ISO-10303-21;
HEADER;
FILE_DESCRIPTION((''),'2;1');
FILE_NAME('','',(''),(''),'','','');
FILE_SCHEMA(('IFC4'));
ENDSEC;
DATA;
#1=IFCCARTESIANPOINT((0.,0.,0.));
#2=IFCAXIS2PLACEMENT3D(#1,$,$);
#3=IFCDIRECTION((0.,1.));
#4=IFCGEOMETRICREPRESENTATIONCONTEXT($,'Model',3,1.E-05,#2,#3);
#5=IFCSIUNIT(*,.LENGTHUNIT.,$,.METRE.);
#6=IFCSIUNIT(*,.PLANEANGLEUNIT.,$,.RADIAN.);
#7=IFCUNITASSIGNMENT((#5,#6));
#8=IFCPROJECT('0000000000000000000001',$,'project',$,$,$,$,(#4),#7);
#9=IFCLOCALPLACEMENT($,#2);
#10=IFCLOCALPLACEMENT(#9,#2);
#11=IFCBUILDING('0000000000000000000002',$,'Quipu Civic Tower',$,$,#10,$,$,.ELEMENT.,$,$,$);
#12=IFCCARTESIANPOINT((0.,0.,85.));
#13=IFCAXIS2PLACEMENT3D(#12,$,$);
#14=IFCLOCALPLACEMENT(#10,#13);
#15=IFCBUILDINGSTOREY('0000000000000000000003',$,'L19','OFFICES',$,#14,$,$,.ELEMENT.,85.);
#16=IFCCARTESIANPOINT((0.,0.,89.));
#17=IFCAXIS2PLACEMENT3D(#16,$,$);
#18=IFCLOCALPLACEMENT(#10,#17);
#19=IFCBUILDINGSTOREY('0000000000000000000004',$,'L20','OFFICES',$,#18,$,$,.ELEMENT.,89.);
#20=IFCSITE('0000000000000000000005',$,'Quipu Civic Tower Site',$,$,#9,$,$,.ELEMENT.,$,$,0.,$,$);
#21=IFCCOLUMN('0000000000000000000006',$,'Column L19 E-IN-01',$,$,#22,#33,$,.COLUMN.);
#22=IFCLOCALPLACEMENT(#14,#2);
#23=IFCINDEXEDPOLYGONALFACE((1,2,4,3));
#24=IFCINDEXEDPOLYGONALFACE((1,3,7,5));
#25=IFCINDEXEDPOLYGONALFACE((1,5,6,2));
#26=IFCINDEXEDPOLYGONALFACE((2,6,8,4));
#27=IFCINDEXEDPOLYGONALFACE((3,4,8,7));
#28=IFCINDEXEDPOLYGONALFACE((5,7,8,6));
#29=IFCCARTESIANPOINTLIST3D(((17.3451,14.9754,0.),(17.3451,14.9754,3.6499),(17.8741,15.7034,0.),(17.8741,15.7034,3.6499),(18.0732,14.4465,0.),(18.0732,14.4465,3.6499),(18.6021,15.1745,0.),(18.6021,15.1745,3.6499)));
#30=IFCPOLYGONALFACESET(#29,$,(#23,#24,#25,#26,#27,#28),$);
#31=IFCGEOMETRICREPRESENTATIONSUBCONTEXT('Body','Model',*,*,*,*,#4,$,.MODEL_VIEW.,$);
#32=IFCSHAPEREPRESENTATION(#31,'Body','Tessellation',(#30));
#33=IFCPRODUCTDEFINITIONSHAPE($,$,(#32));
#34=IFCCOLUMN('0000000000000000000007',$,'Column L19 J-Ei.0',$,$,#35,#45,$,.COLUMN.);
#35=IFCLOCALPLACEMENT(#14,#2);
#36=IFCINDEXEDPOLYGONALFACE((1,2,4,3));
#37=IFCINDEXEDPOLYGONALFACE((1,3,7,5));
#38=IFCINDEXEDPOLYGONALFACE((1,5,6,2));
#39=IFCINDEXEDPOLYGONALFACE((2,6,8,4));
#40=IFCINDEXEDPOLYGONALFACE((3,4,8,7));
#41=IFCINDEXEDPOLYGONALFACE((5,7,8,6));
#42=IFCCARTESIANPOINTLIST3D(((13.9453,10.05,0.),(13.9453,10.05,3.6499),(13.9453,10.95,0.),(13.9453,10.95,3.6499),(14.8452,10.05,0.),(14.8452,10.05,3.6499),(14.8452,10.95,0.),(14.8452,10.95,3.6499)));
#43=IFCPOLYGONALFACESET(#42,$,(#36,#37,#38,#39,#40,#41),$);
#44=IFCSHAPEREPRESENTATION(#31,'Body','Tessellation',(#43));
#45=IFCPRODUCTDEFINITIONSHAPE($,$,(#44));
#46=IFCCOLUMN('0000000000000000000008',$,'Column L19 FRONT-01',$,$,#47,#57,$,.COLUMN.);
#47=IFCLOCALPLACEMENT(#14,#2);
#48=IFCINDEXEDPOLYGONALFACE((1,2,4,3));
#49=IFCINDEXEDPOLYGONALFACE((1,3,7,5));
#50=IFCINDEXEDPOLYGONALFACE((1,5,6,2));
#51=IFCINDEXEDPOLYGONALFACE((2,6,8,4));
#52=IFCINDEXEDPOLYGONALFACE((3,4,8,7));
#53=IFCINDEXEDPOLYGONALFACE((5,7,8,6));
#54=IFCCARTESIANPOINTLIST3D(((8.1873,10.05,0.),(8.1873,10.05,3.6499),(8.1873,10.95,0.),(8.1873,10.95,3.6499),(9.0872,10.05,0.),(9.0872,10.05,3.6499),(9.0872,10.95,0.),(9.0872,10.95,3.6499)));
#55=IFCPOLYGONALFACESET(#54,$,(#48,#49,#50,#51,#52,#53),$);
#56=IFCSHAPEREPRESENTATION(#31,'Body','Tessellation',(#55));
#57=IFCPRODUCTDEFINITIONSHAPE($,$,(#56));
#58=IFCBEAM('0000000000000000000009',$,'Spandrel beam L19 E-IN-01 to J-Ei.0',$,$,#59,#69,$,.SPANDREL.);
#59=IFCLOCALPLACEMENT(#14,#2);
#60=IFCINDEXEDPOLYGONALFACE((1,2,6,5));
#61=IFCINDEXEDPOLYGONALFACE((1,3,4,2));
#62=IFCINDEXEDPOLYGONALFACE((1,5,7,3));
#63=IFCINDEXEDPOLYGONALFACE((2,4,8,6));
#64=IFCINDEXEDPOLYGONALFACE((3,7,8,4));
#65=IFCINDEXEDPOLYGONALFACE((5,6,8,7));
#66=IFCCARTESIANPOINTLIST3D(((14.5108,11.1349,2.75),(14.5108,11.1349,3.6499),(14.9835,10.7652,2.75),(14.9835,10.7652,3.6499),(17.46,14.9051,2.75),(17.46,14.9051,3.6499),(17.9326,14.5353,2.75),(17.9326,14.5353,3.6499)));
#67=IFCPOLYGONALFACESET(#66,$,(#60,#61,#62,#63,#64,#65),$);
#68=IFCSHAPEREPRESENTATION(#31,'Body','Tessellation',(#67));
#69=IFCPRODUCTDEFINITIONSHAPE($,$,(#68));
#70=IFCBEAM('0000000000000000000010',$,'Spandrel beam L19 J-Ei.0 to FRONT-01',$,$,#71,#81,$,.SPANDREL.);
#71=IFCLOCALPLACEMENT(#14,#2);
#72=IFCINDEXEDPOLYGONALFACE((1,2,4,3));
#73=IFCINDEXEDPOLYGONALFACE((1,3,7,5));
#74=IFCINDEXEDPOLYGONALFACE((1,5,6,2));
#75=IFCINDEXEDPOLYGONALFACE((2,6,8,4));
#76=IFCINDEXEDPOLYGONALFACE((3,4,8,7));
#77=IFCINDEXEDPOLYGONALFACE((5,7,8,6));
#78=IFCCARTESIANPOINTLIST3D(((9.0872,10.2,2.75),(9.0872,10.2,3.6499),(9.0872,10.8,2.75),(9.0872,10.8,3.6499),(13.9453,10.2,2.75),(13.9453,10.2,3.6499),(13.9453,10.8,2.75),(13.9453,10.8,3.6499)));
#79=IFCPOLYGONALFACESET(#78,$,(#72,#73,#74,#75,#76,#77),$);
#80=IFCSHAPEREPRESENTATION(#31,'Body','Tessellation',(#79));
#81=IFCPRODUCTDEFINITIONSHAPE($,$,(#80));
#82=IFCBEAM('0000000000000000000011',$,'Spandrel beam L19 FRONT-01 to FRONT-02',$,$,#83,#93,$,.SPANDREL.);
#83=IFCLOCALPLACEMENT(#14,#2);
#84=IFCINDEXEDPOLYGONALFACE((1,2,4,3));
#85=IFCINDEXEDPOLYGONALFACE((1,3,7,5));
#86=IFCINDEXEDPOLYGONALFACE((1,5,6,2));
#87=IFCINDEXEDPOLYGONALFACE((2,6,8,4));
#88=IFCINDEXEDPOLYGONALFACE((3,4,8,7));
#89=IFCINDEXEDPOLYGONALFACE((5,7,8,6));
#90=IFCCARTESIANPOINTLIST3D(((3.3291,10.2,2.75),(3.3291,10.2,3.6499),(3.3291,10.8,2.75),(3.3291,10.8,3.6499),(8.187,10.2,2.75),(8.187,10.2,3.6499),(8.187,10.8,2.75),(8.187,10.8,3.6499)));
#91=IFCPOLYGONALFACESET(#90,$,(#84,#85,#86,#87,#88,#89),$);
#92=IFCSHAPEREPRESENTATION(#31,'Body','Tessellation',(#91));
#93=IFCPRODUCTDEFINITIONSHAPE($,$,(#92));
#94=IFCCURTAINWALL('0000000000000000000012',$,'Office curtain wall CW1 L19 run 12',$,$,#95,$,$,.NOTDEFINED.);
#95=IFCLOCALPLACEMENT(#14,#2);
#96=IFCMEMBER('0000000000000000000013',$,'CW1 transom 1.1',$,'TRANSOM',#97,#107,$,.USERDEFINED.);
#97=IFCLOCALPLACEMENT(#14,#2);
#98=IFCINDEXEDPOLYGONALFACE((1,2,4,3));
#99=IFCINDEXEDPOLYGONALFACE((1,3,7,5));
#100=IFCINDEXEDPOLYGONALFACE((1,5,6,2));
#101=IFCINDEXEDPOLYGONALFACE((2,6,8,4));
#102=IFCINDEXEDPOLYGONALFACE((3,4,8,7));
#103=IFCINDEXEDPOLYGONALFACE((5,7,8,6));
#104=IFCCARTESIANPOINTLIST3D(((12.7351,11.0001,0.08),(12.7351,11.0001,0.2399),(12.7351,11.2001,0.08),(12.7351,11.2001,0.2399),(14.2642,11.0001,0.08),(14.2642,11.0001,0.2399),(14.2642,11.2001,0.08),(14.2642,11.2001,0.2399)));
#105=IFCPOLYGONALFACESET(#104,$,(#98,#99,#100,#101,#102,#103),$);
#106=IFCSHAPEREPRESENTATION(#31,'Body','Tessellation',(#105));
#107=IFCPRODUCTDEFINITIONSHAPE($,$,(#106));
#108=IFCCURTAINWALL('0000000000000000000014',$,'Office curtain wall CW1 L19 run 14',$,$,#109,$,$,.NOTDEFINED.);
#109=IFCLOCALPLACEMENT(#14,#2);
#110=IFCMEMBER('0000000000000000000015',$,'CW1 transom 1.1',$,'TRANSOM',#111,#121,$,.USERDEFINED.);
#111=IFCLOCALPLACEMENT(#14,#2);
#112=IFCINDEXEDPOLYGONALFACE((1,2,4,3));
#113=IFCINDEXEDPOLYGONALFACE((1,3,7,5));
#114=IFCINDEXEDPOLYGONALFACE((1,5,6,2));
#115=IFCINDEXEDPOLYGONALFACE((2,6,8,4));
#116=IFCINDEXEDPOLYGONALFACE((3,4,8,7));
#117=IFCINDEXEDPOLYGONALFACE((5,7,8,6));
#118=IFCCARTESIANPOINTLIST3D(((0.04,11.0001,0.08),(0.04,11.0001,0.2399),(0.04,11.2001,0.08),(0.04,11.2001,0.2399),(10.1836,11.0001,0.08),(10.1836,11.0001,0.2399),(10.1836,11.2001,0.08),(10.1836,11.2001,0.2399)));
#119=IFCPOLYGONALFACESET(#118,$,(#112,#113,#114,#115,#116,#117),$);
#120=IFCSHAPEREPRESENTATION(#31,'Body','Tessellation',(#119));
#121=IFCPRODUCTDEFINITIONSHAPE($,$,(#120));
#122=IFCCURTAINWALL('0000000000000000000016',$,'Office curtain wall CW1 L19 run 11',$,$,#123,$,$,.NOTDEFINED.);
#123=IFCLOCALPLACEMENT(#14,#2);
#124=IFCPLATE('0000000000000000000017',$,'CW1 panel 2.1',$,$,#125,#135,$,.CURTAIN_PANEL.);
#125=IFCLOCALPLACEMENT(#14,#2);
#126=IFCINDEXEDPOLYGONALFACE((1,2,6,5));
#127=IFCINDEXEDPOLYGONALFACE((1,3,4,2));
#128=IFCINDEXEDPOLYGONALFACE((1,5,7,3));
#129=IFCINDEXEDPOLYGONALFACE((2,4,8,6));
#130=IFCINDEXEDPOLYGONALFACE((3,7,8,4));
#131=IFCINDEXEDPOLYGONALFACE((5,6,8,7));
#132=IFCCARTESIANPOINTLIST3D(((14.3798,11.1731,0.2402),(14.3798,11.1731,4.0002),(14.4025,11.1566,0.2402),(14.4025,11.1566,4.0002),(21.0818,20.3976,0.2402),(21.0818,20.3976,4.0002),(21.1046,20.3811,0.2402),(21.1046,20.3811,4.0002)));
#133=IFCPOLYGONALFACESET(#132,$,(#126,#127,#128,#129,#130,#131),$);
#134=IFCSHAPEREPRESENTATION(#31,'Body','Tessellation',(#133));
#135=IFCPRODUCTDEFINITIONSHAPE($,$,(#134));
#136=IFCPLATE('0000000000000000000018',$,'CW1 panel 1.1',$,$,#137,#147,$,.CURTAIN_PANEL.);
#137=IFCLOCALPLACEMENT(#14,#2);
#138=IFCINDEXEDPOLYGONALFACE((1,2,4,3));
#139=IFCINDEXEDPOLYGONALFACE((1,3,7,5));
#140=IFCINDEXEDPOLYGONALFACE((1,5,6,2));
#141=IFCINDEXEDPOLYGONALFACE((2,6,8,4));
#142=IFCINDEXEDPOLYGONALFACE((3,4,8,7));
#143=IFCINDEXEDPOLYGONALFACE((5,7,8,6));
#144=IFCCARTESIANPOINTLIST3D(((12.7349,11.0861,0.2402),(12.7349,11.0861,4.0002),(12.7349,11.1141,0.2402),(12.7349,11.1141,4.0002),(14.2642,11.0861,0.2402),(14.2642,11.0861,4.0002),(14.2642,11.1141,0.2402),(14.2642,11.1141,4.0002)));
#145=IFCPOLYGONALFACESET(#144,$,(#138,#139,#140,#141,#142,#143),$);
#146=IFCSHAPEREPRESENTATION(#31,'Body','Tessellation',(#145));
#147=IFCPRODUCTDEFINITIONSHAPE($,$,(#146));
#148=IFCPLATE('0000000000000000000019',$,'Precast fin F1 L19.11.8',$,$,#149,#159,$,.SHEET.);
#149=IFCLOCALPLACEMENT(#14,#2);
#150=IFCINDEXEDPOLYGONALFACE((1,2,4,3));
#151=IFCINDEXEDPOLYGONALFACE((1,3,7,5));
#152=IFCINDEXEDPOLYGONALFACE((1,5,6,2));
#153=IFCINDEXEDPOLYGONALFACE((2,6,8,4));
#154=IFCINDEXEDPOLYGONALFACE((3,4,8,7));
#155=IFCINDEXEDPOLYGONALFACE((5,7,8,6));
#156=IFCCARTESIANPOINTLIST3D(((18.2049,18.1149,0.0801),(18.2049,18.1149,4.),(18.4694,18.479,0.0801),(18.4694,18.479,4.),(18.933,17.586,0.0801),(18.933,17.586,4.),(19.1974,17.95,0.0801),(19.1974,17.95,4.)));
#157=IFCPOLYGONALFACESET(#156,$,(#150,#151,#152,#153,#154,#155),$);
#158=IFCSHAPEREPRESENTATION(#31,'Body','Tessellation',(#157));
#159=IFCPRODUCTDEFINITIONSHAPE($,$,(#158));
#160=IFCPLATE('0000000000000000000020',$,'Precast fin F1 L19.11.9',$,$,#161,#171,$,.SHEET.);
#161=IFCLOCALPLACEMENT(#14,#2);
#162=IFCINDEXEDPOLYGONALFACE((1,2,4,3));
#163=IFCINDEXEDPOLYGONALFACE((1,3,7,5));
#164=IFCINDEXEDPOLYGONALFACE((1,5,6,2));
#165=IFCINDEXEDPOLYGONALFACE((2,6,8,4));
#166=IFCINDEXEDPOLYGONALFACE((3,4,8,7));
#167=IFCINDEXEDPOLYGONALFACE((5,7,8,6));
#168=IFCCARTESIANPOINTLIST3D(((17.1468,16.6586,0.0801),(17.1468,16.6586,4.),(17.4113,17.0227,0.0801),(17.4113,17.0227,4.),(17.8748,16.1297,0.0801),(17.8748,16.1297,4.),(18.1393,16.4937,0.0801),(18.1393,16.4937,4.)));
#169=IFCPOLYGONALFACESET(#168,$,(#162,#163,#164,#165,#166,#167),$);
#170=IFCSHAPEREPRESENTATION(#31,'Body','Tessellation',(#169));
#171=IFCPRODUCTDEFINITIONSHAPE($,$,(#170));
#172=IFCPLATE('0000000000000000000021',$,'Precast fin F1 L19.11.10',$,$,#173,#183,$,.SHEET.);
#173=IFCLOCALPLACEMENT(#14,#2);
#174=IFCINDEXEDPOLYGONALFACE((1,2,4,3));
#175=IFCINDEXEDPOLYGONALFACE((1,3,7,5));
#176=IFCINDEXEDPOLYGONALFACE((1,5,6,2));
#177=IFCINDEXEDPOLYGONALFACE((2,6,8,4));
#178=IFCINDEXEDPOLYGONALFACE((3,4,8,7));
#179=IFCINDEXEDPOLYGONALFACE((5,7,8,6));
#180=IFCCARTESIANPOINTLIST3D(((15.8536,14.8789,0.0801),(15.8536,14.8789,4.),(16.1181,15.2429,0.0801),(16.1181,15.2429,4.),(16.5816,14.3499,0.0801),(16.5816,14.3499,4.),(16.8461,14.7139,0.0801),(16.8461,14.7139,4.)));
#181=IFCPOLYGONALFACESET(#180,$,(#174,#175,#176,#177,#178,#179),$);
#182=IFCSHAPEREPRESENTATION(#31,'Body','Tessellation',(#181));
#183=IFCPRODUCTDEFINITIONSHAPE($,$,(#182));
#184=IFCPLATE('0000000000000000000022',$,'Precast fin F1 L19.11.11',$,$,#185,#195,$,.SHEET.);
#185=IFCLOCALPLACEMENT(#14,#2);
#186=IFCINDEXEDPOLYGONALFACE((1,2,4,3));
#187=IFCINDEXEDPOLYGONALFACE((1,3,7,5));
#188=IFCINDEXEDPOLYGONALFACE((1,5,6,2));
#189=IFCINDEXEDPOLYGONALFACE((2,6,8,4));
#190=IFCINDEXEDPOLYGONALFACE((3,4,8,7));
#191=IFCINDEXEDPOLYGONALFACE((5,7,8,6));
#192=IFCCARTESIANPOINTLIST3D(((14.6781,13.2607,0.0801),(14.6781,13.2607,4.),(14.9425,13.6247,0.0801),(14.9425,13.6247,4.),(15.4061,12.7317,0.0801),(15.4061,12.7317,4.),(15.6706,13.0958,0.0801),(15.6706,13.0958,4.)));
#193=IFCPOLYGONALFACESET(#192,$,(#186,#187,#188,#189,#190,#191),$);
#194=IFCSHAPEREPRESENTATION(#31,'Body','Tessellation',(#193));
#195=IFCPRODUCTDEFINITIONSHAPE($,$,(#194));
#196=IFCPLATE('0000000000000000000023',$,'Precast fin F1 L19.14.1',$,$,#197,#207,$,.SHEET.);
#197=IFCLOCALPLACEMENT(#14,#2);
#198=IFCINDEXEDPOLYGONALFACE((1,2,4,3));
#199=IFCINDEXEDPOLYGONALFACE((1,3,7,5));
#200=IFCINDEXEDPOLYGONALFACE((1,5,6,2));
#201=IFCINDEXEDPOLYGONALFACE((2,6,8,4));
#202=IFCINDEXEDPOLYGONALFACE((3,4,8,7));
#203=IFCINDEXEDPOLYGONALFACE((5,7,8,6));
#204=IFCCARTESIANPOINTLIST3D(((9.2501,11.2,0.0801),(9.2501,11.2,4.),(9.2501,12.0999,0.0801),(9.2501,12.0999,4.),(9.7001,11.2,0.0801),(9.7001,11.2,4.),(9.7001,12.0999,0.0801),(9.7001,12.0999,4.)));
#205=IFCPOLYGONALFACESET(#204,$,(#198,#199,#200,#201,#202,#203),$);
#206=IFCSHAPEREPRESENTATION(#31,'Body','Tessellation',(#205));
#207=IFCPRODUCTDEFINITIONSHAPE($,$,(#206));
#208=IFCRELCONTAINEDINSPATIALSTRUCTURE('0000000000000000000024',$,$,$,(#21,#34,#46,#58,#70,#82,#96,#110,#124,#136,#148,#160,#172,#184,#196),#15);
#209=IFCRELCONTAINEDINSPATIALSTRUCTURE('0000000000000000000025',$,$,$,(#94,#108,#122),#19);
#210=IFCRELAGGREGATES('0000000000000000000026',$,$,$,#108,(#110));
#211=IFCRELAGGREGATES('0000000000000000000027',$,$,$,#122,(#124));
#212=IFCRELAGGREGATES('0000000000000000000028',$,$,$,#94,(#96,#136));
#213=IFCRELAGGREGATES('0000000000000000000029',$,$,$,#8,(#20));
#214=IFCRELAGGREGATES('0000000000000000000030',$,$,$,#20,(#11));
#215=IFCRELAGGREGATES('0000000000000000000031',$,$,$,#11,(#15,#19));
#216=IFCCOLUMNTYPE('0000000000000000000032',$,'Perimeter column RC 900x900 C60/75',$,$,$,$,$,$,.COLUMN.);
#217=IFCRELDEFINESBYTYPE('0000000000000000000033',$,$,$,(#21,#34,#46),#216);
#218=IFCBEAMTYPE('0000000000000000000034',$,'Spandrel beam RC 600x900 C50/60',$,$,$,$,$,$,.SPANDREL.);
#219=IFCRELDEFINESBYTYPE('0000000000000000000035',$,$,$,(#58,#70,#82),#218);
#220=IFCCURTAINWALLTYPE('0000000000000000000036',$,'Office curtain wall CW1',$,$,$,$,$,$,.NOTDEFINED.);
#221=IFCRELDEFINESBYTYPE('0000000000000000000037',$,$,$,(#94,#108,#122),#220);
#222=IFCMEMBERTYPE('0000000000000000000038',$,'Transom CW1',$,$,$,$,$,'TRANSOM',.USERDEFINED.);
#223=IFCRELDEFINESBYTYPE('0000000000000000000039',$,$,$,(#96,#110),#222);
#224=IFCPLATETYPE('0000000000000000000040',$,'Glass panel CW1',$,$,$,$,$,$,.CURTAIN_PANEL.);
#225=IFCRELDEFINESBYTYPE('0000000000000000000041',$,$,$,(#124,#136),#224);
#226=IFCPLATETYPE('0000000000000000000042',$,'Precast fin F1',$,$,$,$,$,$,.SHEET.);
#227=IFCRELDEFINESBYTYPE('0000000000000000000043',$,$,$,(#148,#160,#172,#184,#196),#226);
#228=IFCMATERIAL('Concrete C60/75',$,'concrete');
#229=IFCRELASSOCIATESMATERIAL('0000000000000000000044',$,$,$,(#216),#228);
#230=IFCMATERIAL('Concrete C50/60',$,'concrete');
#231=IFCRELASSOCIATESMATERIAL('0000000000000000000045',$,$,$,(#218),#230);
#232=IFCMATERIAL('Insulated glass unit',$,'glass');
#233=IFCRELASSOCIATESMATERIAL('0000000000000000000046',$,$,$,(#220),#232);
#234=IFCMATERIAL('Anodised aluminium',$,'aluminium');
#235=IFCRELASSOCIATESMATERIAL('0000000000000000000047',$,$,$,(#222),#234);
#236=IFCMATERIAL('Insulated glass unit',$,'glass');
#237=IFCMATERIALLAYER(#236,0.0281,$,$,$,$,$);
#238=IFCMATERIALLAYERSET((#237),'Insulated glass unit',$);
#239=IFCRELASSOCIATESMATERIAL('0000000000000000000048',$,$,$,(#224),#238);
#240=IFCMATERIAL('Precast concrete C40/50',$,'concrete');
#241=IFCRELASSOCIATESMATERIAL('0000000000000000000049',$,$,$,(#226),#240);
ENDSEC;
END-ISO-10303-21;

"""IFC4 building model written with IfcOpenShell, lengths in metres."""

from ifc_helpers import new_model, si_unit, direction, frame, origin, origin_2d, place, context, subcontext, project, spatial, rectangle, extrude, material, layer, layer_set, material_profile, profile_set, type_object, element, aggregate, save


model = new_model("IFC4")

# Units and contexts
model_context = context("Model", 3, precision=1e-05, world=origin(), true_north=direction((0.0, 1.0)))
body_context = subcontext(model_context, "Body", "Model", "MODEL_VIEW")
ifc_project = project(units=[si_unit("LENGTHUNIT", "METRE"), si_unit("PLANEANGLEUNIT", "RADIAN")], contexts=[model_context])

# Site, building, storey
site_placement = place(None, origin())
site = spatial("IfcSite", under=ifc_project, at=site_placement, Name="Quipu Civic Tower Site", CompositionType="ELEMENT", RefElevation=0.0)
building_placement = place(site_placement, origin())
building = spatial("IfcBuilding", under=site, at=building_placement, Name="Quipu Civic Tower", CompositionType="ELEMENT")
storey_1_placement = place(building_placement, frame((0.0, 0.0, 85.0)))
storey_1 = spatial("IfcBuildingStorey", under=building, at=storey_1_placement, Name="L19", Description="OFFICES", CompositionType="ELEMENT", Elevation=85.0)

# Columns
ifc_material_1 = material(Name="Concrete C60/75", Category="concrete")
ifc_material_profile_1 = material_profile(ifc_material_1, rectangle(XDim=0.8999, YDim=0.8999, at=origin_2d()), Name="RC900x900")
ifc_profile_set_1 = profile_set([ifc_material_profile_1], Name="Concrete C60/75")
column_type = type_object("IfcColumnType", Name="Perimeter column RC 900x900 C60/75", PredefinedType="COLUMN", material=ifc_profile_set_1)
for number, where, z_axis, x_axis, name in (
    (1, (17.9736, 15.075, 0.0), (0.0, 0.0, 1.0), (-0.587785, -0.809017, 0.0), "Column L19 E-IN-01"),
    (2, (14.3953, 10.5, 0.0), (0.0, 0.0, 1.0), (-1.0, 0.0, 0.0), "Column L19 J-Ei.0"),
    (3, (8.6372, 10.5, 0.0), (0.0, 0.0, 1.0), (-1.0, 0.0, 0.0), "Column L19 FRONT-01"),
):
    element("IfcColumn", number, at=place(storey_1_placement, frame(where, z_axis=z_axis, x_axis=x_axis)), inside=storey_1, type_object=column_type, Name=name, PredefinedType="COLUMN", context=body_context, shape_type="SweptSolid", body=[
        extrude(rectangle(XDim=0.8999, YDim=0.8999, at=origin_2d()), origin(), (0.0, 0.0, 1.0), 3.6499),
    ])

# Beams
ifc_material_2 = material(Name="Concrete C50/60", Category="concrete")
ifc_material_profile_2 = material_profile(ifc_material_2, rectangle(XDim=0.6001, YDim=0.8999, at=origin_2d()), Name="RC600x900")
ifc_profile_set_2 = profile_set([ifc_material_profile_2], Name="Concrete C50/60")
beam_type = type_object("IfcBeamType", Name="Spandrel beam RC 600x900 C50/60", PredefinedType="SPANDREL", material=ifc_profile_set_2)
beam_1_placement = place(storey_1_placement, frame((17.6963, 14.7202, 3.2), z_axis=(-0.616124, -0.787649, 0.0), x_axis=(0.787649, -0.616124, 0.0)))
element("IfcBeam", 4, at=beam_1_placement, inside=storey_1, type_object=beam_type, Name="Spandrel beam L19 E-IN-01 to J-Ei.0", PredefinedType="SPANDREL", context=body_context, shape_type="SweptSolid", body=[
    extrude(rectangle(XDim=0.6001, YDim=0.8999, at=origin_2d()), origin(), (0.0, 0.0, 1.0), 4.7866),
])
beam_2_placement = place(storey_1_placement, frame((13.9453, 10.5, 3.2), z_axis=(-1.0, 0.0, 0.0), x_axis=(0.0, -1.0, 0.0)))
element("IfcBeam", 5, at=beam_2_placement, inside=storey_1, type_object=beam_type, Name="Spandrel beam L19 J-Ei.0 to FRONT-01", PredefinedType="SPANDREL", context=body_context, shape_type="SweptSolid", body=[
    extrude(rectangle(XDim=0.6001, YDim=0.8999, at=origin_2d()), origin(), (0.0, 0.0, 1.0), 4.8582),
])
beam_3_placement = place(storey_1_placement, frame((8.187, 10.5, 3.2), z_axis=(-1.0, 0.0, 0.0), x_axis=(0.0, -1.0, 0.0)))
element("IfcBeam", 6, at=beam_3_placement, inside=storey_1, type_object=beam_type, Name="Spandrel beam L19 FRONT-01 to FRONT-02", PredefinedType="SPANDREL", context=body_context, shape_type="SweptSolid", body=[
    extrude(rectangle(XDim=0.6001, YDim=0.8999, at=origin_2d()), origin(), (0.0, 0.0, 1.0), 4.8579),
])

# Shared definitions
storey_2_placement = place(building_placement, frame((0.0, 0.0, 89.0)))
storey_2 = spatial("IfcBuildingStorey", under=building, at=storey_2_placement, Name="L20", Description="OFFICES", CompositionType="ELEMENT", Elevation=89.0)

# Curtain walls, members
ifc_material_3 = material(Name="Insulated glass unit", Category="glass")
curtain_wall_type = type_object("IfcCurtainWallType", Name="Office curtain wall CW1", PredefinedType="NOTDEFINED", material=ifc_material_3)
curtain_wall_1_placement = place(storey_2_placement, origin())
curtain_wall_1 = element("IfcCurtainWall", 7, at=curtain_wall_1_placement, inside=storey_2, type_object=curtain_wall_type, Name="Office curtain wall CW1 L19 run 12", PredefinedType="NOTDEFINED")
ifc_material_4 = material(Name="Anodised aluminium", Category="aluminium")
ifc_material_profile_3 = material_profile(ifc_material_4, rectangle(XDim=0.2, YDim=0.1599, at=origin_2d()), Name="RECT 200x160")
ifc_profile_set_3 = profile_set([ifc_material_profile_3], Name="Anodised aluminium")
member_type = type_object("IfcMemberType", Name="Transom CW1", ElementType="TRANSOM", PredefinedType="USERDEFINED", material=ifc_profile_set_3)
member_1_placement = place(storey_1_placement, frame((14.2642, 11.1001, 0.1599), z_axis=(-1.0, 0.0, 0.0), x_axis=(0.0, -1.0, 0.0)))
member_1 = element("IfcMember", 8, at=member_1_placement, inside=storey_1, type_object=member_type, Name="CW1 transom 1.1", ObjectType="TRANSOM", PredefinedType="USERDEFINED", context=body_context, shape_type="SweptSolid", body=[
    extrude(rectangle(XDim=0.2, YDim=0.1599, at=origin_2d()), origin(), (0.0, 0.0, 1.0), 1.5291),
])
curtain_wall_2_placement = place(storey_2_placement, origin())
curtain_wall_2 = element("IfcCurtainWall", 9, at=curtain_wall_2_placement, inside=storey_2, type_object=curtain_wall_type, Name="Office curtain wall CW1 L19 run 14", PredefinedType="NOTDEFINED")
member_2_placement = place(storey_1_placement, frame((10.1836, 11.1001, 0.1599), z_axis=(-1.0, 0.0, 0.0), x_axis=(0.0, -1.0, 0.0)))
member_2 = element("IfcMember", 10, at=member_2_placement, inside=storey_1, type_object=member_type, Name="CW1 transom 1.1", ObjectType="TRANSOM", PredefinedType="USERDEFINED", context=body_context, shape_type="SweptSolid", body=[
    extrude(rectangle(XDim=0.2, YDim=0.1599, at=origin_2d()), origin(), (0.0, 0.0, 1.0), 10.1436),
])
aggregate(curtain_wall_2, [member_2])

# Curtain wall, plate
curtain_wall_3_placement = place(storey_2_placement, origin())
curtain_wall_3 = element("IfcCurtainWall", 11, at=curtain_wall_3_placement, inside=storey_2, type_object=curtain_wall_type, Name="Office curtain wall CW1 L19 run 11", PredefinedType="NOTDEFINED")
ifc_material_5 = material(Name="Insulated glass unit", Category="glass")
ifc_layer_1 = layer(ifc_material_5, 0.0281)
ifc_layer_set_1 = layer_set([ifc_layer_1], Name="Insulated glass unit")
plate_type_1 = type_object("IfcPlateType", Name="Glass panel CW1", PredefinedType="CURTAIN_PANEL", material=ifc_layer_set_1)
plate_1_placement = place(storey_1_placement, frame((17.7422, 15.7771, 0.2402), z_axis=(0.0, 0.0, 1.0), x_axis=(-0.587789, -0.809014, 0.0)))
plate_1 = element("IfcPlate", 12, at=plate_1_placement, inside=storey_1, type_object=plate_type_1, Name="CW1 panel 2.1", PredefinedType="CURTAIN_PANEL", context=body_context, shape_type="SweptSolid", body=[
    extrude(rectangle(XDim=11.4021, YDim=0.0281, at=origin_2d()), origin(), (0.0, 0.0, 1.0), 3.76),
])
aggregate(curtain_wall_3, [plate_1])

# Plate
plate_2_placement = place(storey_1_placement, frame((13.4995, 11.1001, 0.2402), z_axis=(0.0, 0.0, 1.0), x_axis=(-1.0, 0.0, 0.0)))
plate_2 = element("IfcPlate", 13, at=plate_2_placement, inside=storey_1, type_object=plate_type_1, Name="CW1 panel 1.1", PredefinedType="CURTAIN_PANEL", context=body_context, shape_type="SweptSolid", body=[
    extrude(rectangle(XDim=1.5293, YDim=0.0281, at=origin_2d()), origin(), (0.0, 0.0, 1.0), 3.76),
])
aggregate(curtain_wall_1, [member_1, plate_2])

# Plates
ifc_material_6 = material(Name="Precast concrete C40/50", Category="concrete")
plate_type_2 = type_object("IfcPlateType", Name="Precast fin F1", PredefinedType="SHEET", material=ifc_material_6)
for number, where, z_axis, x_axis, name in (
    (14, (18.7012, 18.0325, 0.0801), (0.0, 0.0, 1.0), (-0.587787, -0.809016, 0.0), "Precast fin F1 L19.11.8"),
    (15, (17.6431, 16.5762, 0.0801), (0.0, 0.0, 1.0), (-0.587787, -0.809016, 0.0), "Precast fin F1 L19.11.9"),
    (16, (16.3499, 14.7964, 0.0801), (0.0, 0.0, 1.0), (-0.587787, -0.809016, 0.0), "Precast fin F1 L19.11.10"),
    (17, (15.1743, 13.1782, 0.0801), (0.0, 0.0, 1.0), (-0.587787, -0.809016, 0.0), "Precast fin F1 L19.11.11"),
    (18, (9.4751, 11.6499, 0.0801), (0.0, 0.0, 1.0), (-1.0, 0.0, 0.0), "Precast fin F1 L19.14.1"),
):
    element("IfcPlate", number, at=place(storey_1_placement, frame(where, z_axis=z_axis, x_axis=x_axis)), inside=storey_1, type_object=plate_type_2, Name=name, PredefinedType="SHEET", context=body_context, shape_type="SweptSolid", body=[
        extrude(rectangle(XDim=0.45, YDim=0.8999, at=origin_2d()), origin(), (0.0, 0.0, 1.0), 3.9199),
    ])

save(model, "model.ifc")
